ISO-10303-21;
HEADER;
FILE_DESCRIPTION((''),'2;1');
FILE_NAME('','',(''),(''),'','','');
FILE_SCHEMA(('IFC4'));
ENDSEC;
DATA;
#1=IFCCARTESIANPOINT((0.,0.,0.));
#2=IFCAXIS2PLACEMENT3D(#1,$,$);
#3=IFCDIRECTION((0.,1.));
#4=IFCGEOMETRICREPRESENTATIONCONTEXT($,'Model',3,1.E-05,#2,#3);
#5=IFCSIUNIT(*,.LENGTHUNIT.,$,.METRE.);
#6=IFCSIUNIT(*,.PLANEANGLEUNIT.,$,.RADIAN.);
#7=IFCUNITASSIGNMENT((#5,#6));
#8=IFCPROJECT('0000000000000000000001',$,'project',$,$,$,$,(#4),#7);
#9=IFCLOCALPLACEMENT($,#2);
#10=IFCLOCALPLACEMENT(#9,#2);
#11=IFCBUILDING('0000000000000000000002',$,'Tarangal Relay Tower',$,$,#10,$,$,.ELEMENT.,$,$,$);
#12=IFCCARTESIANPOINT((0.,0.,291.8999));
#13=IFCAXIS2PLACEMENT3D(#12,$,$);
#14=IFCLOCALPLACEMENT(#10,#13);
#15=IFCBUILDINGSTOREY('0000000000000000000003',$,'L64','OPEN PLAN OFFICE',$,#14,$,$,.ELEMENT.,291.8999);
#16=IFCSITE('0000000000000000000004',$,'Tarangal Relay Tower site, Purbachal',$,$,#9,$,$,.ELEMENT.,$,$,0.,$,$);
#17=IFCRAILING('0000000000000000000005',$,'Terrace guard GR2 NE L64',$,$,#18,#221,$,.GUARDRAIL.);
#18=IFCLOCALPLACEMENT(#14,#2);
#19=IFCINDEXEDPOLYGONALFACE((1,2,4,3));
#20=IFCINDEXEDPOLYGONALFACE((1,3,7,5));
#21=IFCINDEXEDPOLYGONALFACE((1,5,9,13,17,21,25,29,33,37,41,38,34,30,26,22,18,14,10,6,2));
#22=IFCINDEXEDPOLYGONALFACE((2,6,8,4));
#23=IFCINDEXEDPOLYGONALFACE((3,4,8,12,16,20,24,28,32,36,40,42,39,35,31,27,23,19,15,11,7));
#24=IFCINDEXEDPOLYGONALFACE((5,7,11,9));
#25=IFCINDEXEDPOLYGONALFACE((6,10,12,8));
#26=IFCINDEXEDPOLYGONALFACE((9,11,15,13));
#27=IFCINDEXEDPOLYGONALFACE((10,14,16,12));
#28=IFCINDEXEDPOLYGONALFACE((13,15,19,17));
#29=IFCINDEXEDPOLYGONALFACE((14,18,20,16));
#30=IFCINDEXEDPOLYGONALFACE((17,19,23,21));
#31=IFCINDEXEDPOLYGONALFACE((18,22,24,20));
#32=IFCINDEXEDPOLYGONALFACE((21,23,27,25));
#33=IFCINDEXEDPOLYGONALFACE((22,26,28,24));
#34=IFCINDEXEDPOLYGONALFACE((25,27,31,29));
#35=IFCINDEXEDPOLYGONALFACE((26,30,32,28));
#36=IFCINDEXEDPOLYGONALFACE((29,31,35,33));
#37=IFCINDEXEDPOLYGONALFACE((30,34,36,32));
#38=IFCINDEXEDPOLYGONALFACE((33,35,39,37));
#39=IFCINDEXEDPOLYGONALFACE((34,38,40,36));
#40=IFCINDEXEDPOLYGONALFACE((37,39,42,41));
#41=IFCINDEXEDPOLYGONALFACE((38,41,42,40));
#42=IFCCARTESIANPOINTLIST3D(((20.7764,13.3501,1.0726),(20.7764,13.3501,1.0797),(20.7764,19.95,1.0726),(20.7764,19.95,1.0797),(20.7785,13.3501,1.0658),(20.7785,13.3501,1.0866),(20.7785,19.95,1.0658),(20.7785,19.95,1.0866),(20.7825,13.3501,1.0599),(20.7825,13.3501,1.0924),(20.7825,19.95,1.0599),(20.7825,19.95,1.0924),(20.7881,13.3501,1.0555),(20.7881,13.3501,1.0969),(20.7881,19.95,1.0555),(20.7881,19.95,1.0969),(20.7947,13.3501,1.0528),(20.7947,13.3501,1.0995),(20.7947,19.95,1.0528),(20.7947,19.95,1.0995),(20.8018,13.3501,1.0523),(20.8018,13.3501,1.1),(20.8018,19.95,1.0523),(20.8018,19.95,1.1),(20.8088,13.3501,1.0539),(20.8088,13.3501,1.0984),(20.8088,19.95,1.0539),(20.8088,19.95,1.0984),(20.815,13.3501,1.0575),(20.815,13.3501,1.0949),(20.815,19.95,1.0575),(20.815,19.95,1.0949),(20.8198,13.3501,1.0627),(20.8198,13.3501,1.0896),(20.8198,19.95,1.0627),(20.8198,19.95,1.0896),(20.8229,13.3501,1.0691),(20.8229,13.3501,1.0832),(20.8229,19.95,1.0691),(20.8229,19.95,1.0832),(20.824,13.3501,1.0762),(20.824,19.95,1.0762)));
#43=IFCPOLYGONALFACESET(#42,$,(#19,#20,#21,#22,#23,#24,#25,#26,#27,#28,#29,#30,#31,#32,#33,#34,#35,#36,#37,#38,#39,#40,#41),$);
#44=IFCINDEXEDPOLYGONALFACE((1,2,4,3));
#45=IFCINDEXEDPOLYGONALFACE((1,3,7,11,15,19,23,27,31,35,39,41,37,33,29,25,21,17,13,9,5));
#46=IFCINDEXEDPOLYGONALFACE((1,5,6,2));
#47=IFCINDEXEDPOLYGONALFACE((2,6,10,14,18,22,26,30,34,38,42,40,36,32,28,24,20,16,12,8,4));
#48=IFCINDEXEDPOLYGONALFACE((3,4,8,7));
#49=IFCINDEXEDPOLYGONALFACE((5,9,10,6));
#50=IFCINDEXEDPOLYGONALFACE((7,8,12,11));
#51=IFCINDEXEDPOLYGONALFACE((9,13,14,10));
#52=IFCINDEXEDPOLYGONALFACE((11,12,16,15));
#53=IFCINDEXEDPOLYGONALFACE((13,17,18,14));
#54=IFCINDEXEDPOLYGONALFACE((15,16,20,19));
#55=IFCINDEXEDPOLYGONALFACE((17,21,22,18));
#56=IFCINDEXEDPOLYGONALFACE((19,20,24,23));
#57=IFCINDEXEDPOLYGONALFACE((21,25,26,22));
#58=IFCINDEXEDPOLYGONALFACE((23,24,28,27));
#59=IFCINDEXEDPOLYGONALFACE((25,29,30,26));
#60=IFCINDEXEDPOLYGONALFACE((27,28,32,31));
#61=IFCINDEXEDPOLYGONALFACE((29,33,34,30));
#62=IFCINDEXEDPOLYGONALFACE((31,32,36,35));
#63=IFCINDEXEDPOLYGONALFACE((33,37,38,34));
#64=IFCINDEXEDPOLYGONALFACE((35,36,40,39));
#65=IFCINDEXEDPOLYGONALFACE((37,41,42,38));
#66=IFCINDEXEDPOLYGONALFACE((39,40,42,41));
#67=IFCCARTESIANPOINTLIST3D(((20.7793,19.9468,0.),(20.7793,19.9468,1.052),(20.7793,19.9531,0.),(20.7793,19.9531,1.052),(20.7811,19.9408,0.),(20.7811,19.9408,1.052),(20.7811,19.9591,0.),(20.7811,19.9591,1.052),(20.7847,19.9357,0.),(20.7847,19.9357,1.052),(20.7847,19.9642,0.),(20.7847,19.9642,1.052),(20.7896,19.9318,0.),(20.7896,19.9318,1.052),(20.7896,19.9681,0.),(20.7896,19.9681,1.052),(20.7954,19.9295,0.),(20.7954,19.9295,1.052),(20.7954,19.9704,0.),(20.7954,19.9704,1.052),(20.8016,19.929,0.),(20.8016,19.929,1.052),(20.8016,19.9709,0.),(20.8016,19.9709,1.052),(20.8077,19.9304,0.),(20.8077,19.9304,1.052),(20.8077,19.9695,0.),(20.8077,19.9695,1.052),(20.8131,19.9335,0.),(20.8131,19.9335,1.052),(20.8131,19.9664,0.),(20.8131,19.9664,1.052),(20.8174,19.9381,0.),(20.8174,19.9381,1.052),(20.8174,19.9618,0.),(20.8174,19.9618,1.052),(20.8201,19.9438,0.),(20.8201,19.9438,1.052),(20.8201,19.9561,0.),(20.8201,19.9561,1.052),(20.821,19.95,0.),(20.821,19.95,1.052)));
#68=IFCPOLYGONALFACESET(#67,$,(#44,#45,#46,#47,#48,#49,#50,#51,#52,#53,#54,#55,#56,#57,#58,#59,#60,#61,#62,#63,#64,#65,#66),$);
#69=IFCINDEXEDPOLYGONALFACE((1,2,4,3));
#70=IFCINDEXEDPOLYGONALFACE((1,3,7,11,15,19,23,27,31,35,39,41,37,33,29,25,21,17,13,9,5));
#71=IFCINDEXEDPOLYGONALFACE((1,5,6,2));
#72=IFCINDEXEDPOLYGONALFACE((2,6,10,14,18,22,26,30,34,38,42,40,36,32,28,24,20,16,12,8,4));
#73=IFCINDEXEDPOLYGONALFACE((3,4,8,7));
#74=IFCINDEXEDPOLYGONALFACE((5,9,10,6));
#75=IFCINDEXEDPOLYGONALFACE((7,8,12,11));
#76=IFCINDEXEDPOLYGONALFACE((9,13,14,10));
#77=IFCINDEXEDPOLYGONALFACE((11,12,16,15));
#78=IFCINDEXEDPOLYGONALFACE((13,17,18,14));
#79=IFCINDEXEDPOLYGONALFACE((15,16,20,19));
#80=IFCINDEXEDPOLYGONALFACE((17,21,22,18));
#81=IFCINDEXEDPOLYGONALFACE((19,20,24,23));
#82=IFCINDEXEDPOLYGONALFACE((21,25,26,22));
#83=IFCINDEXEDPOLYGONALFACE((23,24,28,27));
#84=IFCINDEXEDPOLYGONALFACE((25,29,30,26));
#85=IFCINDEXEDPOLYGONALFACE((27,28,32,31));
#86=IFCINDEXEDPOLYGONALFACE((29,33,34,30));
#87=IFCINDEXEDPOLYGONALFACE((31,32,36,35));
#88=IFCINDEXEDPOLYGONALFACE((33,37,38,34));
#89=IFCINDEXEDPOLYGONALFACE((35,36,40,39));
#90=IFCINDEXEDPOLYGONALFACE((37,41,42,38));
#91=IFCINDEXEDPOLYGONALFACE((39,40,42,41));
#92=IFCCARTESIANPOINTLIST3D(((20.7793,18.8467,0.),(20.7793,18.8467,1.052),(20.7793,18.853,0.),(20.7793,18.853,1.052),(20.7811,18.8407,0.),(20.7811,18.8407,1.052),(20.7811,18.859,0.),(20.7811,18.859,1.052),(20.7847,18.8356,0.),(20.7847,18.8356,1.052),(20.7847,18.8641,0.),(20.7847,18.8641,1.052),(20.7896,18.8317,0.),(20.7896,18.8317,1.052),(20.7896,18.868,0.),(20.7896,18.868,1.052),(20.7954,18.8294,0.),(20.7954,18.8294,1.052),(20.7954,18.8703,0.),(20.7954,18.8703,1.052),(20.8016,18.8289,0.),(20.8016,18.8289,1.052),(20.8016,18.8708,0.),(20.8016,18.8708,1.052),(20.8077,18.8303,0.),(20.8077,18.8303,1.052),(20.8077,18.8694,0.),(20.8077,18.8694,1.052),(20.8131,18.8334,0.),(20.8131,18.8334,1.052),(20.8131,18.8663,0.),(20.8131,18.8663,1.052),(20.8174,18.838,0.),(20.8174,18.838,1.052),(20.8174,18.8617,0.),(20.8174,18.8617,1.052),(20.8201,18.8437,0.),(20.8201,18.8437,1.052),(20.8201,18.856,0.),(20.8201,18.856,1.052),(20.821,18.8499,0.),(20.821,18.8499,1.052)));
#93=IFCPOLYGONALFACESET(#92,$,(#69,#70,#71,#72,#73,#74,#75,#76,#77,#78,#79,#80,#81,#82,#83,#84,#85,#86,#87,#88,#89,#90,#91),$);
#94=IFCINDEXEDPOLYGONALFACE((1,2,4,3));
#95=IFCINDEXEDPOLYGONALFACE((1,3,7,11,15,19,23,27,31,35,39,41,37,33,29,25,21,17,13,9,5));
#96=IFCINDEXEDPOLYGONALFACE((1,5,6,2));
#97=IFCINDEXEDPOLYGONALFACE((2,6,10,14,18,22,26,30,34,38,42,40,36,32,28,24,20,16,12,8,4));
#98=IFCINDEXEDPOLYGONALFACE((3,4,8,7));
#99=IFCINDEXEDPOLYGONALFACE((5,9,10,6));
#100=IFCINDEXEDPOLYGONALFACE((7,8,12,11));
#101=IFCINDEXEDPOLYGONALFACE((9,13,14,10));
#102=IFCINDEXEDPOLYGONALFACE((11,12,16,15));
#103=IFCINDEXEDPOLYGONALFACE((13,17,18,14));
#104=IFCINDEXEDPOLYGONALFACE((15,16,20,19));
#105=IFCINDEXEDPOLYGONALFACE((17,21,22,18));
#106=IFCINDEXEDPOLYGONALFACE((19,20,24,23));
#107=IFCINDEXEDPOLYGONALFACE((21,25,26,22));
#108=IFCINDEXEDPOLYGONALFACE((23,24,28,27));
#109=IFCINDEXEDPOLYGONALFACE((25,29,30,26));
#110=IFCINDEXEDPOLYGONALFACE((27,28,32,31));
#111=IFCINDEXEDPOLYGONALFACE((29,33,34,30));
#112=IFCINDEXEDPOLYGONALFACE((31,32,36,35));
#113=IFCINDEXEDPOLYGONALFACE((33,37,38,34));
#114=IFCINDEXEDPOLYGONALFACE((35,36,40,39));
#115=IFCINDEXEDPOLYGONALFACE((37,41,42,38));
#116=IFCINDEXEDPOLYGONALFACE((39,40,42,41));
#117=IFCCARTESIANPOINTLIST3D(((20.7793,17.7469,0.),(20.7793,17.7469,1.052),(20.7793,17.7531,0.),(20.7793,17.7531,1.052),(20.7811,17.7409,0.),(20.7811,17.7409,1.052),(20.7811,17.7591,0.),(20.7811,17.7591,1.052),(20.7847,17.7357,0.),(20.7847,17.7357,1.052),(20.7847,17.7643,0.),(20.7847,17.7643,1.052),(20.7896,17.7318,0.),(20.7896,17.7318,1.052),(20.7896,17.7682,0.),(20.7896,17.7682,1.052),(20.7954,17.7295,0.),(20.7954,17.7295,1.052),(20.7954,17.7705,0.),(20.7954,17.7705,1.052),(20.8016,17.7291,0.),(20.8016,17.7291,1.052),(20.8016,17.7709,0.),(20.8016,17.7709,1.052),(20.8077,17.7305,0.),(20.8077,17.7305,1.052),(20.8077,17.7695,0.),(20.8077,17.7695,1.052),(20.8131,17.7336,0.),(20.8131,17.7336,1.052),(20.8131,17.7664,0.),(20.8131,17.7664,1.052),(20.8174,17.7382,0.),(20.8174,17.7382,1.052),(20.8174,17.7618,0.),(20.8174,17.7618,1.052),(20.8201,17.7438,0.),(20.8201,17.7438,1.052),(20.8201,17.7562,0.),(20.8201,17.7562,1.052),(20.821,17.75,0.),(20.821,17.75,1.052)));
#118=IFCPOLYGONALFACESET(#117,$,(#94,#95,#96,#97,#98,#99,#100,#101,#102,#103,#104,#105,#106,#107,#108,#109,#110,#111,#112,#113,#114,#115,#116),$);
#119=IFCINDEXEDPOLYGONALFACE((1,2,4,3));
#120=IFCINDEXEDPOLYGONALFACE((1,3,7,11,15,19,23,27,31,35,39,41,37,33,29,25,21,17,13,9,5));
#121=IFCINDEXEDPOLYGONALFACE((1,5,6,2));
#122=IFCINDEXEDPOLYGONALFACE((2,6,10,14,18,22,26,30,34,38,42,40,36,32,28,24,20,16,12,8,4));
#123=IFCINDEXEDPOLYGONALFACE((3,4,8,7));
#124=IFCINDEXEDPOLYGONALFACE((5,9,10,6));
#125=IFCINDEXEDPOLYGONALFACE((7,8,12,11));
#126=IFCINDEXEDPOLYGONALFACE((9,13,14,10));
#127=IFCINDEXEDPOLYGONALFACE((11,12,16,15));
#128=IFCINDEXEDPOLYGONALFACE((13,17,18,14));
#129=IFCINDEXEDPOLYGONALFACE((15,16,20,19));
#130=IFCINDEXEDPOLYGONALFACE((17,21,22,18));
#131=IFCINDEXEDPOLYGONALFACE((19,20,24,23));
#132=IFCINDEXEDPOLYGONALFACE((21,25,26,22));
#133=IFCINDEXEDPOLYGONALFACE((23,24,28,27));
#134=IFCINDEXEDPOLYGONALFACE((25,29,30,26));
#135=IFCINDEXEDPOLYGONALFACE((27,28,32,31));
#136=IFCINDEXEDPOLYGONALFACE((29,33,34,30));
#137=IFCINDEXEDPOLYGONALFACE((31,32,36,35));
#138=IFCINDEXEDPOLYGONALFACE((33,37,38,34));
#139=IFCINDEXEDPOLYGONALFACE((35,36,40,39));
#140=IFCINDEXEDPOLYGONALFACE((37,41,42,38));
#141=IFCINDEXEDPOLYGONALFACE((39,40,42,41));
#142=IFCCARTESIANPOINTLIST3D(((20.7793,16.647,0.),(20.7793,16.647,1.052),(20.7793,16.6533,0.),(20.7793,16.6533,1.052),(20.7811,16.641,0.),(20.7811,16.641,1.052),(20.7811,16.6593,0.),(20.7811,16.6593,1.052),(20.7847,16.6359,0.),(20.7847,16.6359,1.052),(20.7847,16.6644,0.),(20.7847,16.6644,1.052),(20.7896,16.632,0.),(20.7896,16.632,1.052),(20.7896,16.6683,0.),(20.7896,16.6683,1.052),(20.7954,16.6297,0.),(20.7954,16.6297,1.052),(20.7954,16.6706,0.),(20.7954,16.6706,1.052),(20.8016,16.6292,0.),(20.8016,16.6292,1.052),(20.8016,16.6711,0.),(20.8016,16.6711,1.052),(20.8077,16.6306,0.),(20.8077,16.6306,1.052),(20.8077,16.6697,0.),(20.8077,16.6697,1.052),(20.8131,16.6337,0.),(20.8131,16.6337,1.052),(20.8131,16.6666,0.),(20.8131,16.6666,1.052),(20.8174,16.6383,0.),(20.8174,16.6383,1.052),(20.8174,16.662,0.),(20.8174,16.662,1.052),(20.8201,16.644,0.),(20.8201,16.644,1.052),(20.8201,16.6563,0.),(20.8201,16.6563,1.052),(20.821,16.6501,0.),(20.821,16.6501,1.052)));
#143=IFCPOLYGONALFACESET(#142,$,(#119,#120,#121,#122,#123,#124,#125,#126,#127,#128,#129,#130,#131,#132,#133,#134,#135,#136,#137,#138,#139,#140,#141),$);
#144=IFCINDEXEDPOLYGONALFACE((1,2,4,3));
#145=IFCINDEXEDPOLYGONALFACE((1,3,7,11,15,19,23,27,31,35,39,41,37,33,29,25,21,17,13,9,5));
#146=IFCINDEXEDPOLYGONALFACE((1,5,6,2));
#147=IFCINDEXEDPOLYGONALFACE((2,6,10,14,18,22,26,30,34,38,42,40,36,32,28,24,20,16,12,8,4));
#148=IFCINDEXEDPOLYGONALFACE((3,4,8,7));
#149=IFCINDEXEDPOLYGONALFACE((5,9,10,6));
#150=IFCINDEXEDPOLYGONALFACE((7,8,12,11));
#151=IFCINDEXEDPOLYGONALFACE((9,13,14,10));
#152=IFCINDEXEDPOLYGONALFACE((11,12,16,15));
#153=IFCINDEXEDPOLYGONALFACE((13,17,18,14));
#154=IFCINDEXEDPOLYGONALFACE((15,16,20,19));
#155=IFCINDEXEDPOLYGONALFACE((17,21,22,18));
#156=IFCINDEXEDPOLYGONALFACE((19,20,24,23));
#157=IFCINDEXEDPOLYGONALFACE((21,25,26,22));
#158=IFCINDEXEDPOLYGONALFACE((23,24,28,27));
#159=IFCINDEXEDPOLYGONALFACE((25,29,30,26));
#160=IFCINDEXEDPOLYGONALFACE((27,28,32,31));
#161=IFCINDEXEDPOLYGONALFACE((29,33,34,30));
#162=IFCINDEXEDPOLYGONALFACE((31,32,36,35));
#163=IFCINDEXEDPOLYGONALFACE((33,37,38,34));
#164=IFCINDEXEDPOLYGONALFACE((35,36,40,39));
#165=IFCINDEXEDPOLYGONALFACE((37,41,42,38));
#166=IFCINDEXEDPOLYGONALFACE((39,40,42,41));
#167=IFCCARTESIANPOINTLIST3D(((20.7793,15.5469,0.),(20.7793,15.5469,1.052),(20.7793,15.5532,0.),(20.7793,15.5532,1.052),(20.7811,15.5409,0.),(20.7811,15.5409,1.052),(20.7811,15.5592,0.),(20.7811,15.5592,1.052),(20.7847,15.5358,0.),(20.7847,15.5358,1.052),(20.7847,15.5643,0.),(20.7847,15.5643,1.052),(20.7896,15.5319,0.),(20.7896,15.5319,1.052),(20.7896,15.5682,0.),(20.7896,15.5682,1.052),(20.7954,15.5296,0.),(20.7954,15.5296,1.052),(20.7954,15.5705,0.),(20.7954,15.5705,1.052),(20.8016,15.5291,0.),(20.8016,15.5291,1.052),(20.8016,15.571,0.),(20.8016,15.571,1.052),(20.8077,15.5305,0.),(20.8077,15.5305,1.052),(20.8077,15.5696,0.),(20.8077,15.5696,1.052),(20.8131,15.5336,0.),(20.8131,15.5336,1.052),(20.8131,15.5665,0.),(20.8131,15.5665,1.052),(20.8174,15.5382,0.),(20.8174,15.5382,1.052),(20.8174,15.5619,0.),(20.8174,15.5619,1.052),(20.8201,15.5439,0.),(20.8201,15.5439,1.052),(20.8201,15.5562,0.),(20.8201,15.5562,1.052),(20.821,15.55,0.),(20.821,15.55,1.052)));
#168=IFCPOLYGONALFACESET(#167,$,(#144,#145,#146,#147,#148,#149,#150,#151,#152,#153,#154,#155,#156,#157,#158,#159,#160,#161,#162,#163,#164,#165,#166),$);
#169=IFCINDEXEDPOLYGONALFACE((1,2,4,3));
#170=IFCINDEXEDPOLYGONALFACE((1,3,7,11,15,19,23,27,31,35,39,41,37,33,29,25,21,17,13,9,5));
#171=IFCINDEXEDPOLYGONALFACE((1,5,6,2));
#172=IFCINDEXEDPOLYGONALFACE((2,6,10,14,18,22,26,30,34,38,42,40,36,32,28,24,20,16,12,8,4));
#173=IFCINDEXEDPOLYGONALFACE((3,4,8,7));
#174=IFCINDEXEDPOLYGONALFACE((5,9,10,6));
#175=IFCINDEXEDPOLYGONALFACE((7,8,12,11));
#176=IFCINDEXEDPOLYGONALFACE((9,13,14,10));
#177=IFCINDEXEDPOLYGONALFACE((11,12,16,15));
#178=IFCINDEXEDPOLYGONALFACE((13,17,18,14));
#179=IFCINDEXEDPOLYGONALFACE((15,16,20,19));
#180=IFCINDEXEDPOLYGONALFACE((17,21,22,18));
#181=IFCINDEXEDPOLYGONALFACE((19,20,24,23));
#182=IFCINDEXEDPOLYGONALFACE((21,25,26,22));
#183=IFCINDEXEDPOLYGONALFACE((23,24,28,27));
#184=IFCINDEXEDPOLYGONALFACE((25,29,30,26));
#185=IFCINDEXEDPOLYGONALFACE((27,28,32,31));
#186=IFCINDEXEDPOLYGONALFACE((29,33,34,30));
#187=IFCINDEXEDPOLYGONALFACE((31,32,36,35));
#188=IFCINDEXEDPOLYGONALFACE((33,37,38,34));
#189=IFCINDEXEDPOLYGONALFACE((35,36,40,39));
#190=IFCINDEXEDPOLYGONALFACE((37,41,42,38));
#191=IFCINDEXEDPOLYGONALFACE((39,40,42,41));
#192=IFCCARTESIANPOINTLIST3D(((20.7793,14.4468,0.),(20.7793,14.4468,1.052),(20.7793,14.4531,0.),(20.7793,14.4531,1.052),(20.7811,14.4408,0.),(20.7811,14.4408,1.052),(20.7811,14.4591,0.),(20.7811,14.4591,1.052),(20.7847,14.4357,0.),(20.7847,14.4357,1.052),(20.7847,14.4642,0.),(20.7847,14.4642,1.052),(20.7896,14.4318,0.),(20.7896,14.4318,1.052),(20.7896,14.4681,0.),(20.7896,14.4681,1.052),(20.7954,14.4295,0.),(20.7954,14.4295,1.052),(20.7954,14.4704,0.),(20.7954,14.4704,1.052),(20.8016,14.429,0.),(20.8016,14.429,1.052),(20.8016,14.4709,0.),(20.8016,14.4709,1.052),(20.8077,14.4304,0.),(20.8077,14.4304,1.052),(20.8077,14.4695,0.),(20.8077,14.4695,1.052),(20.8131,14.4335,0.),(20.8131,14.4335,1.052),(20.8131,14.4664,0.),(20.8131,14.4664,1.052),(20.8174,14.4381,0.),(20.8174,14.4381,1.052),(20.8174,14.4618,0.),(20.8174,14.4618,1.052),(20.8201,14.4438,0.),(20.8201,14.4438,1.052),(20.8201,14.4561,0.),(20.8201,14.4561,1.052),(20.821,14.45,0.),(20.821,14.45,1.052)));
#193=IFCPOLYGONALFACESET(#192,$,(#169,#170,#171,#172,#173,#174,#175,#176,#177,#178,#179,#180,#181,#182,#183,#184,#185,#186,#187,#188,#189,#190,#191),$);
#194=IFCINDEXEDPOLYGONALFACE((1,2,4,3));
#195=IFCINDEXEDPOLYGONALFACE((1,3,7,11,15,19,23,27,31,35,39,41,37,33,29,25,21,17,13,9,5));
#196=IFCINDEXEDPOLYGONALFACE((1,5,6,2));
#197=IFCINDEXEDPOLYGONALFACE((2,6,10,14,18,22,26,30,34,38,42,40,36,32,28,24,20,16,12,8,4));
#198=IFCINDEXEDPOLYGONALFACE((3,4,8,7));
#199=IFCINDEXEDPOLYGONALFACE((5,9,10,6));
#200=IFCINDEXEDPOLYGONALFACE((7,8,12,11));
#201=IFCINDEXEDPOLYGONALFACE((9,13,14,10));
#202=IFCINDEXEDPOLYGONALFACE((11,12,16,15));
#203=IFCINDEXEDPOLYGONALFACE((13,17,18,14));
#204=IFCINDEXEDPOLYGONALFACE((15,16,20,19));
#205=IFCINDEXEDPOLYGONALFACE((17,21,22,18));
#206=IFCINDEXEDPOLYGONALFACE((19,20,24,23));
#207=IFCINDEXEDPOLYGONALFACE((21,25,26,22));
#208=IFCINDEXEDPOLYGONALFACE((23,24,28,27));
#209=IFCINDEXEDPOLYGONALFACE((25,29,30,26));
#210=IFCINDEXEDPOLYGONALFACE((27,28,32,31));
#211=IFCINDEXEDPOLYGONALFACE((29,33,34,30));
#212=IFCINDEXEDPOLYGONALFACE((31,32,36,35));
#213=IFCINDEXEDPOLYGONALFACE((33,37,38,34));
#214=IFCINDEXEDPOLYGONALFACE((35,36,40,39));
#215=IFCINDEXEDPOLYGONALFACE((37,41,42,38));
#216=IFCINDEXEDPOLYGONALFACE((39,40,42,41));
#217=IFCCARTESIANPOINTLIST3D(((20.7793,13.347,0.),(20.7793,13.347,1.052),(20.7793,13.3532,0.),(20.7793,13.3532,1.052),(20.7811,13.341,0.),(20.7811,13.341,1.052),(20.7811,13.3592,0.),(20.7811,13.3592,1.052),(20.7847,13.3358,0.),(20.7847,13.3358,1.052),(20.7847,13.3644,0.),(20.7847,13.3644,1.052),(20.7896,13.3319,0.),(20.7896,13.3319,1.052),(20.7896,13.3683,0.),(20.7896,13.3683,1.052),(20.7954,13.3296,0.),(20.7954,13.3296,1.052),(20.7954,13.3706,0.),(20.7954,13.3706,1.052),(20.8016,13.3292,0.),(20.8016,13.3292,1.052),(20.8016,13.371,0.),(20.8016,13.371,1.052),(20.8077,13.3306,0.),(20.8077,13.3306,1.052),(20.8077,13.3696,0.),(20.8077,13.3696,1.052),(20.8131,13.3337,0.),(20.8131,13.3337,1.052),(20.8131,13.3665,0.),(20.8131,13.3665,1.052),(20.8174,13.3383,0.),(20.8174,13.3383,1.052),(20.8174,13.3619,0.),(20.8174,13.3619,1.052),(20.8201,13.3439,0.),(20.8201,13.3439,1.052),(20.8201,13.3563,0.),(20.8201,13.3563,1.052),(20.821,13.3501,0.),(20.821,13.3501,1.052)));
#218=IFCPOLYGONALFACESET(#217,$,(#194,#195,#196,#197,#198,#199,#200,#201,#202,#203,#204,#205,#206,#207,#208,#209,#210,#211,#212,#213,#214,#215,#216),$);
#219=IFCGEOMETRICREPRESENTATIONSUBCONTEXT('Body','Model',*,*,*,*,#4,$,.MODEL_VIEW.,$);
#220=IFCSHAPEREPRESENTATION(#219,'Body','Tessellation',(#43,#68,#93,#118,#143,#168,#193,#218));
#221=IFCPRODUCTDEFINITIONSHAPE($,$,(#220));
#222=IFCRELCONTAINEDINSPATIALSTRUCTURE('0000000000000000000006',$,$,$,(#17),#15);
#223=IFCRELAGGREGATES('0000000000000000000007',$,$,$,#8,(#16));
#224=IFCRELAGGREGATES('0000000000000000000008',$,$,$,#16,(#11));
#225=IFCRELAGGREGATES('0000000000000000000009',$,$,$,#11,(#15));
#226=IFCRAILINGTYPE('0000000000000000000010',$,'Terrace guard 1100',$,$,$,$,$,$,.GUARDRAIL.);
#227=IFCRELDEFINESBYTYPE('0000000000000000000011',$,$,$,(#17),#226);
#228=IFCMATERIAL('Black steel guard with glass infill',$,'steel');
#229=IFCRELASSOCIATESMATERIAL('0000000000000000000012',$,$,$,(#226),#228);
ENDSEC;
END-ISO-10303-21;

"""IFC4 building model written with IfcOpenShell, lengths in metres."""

from ifc_helpers import new_model, si_unit, direction, frame, origin, origin_2d, place, context, subcontext, project, spatial, circle, extrude, material, type_object, element, save


model = new_model("IFC4")

# Units and contexts
model_context = context("Model", 3, precision=1e-05, world=origin(), true_north=direction((0.0, 1.0)))
body_context = subcontext(model_context, "Body", "Model", "MODEL_VIEW")
ifc_project = project(units=[si_unit("LENGTHUNIT", "METRE"), si_unit("PLANEANGLEUNIT", "RADIAN")], contexts=[model_context])

# Site, building, storey
site_placement = place(None, origin())
site = spatial("IfcSite", under=ifc_project, at=site_placement, Name="Tarangal Relay Tower site, Purbachal", CompositionType="ELEMENT", RefElevation=0.0)
building_placement = place(site_placement, origin())
building = spatial("IfcBuilding", under=site, at=building_placement, Name="Tarangal Relay Tower", CompositionType="ELEMENT")
storey_placement = place(building_placement, frame((0.0, 0.0, 291.8999)))
storey = spatial("IfcBuildingStorey", under=building, at=storey_placement, Name="L64", Description="OPEN PLAN OFFICE", CompositionType="ELEMENT", Elevation=291.8999)

# Railing
ifc_material_1 = material(Name="Black steel guard with glass infill", Category="steel")
railing_type = type_object("IfcRailingType", Name="Terrace guard 1100", PredefinedType="GUARDRAIL", material=ifc_material_1)
railing_1_placement = place(storey_placement, frame((20.8, 19.95, 0.0)))
element("IfcRailing", 1, at=railing_1_placement, inside=storey, type_object=railing_type, Name="Terrace guard GR2 NE L64", PredefinedType="GUARDRAIL", context=body_context, shape_type="SweptSolid", body=[
    extrude(circle(Radius=0.0239, at=origin_2d()), frame((0.0, 0.0, 1.0762), z_axis=(0.0, -1.0, 0.0), x_axis=(1.0, 0.0, 0.0)), (0.0, 0.0, 1.0), 6.5999),
    extrude(circle(Radius=0.021, at=origin_2d()), origin(), (0.0, 0.0, 1.0), 1.052),
    extrude(circle(Radius=0.021, at=origin_2d()), frame((0.0, -1.1001, 0.0)), (0.0, 0.0, 1.0), 1.052),
    extrude(circle(Radius=0.021, at=origin_2d()), frame((0.0, -2.2, 0.0)), (0.0, 0.0, 1.0), 1.052),
    extrude(circle(Radius=0.021, at=origin_2d()), frame((0.0, -3.2998, 0.0)), (0.0, 0.0, 1.0), 1.052),
    extrude(circle(Radius=0.021, at=origin_2d()), frame((0.0, -4.3999, 0.0)), (0.0, 0.0, 1.0), 1.052),
    extrude(circle(Radius=0.021, at=origin_2d()), frame((0.0, -5.5, 0.0)), (0.0, 0.0, 1.0), 1.052),
    extrude(circle(Radius=0.021, at=origin_2d()), frame((0.0, -6.5999, 0.0)), (0.0, 0.0, 1.0), 1.052),
])

save(model, "model.ifc")
